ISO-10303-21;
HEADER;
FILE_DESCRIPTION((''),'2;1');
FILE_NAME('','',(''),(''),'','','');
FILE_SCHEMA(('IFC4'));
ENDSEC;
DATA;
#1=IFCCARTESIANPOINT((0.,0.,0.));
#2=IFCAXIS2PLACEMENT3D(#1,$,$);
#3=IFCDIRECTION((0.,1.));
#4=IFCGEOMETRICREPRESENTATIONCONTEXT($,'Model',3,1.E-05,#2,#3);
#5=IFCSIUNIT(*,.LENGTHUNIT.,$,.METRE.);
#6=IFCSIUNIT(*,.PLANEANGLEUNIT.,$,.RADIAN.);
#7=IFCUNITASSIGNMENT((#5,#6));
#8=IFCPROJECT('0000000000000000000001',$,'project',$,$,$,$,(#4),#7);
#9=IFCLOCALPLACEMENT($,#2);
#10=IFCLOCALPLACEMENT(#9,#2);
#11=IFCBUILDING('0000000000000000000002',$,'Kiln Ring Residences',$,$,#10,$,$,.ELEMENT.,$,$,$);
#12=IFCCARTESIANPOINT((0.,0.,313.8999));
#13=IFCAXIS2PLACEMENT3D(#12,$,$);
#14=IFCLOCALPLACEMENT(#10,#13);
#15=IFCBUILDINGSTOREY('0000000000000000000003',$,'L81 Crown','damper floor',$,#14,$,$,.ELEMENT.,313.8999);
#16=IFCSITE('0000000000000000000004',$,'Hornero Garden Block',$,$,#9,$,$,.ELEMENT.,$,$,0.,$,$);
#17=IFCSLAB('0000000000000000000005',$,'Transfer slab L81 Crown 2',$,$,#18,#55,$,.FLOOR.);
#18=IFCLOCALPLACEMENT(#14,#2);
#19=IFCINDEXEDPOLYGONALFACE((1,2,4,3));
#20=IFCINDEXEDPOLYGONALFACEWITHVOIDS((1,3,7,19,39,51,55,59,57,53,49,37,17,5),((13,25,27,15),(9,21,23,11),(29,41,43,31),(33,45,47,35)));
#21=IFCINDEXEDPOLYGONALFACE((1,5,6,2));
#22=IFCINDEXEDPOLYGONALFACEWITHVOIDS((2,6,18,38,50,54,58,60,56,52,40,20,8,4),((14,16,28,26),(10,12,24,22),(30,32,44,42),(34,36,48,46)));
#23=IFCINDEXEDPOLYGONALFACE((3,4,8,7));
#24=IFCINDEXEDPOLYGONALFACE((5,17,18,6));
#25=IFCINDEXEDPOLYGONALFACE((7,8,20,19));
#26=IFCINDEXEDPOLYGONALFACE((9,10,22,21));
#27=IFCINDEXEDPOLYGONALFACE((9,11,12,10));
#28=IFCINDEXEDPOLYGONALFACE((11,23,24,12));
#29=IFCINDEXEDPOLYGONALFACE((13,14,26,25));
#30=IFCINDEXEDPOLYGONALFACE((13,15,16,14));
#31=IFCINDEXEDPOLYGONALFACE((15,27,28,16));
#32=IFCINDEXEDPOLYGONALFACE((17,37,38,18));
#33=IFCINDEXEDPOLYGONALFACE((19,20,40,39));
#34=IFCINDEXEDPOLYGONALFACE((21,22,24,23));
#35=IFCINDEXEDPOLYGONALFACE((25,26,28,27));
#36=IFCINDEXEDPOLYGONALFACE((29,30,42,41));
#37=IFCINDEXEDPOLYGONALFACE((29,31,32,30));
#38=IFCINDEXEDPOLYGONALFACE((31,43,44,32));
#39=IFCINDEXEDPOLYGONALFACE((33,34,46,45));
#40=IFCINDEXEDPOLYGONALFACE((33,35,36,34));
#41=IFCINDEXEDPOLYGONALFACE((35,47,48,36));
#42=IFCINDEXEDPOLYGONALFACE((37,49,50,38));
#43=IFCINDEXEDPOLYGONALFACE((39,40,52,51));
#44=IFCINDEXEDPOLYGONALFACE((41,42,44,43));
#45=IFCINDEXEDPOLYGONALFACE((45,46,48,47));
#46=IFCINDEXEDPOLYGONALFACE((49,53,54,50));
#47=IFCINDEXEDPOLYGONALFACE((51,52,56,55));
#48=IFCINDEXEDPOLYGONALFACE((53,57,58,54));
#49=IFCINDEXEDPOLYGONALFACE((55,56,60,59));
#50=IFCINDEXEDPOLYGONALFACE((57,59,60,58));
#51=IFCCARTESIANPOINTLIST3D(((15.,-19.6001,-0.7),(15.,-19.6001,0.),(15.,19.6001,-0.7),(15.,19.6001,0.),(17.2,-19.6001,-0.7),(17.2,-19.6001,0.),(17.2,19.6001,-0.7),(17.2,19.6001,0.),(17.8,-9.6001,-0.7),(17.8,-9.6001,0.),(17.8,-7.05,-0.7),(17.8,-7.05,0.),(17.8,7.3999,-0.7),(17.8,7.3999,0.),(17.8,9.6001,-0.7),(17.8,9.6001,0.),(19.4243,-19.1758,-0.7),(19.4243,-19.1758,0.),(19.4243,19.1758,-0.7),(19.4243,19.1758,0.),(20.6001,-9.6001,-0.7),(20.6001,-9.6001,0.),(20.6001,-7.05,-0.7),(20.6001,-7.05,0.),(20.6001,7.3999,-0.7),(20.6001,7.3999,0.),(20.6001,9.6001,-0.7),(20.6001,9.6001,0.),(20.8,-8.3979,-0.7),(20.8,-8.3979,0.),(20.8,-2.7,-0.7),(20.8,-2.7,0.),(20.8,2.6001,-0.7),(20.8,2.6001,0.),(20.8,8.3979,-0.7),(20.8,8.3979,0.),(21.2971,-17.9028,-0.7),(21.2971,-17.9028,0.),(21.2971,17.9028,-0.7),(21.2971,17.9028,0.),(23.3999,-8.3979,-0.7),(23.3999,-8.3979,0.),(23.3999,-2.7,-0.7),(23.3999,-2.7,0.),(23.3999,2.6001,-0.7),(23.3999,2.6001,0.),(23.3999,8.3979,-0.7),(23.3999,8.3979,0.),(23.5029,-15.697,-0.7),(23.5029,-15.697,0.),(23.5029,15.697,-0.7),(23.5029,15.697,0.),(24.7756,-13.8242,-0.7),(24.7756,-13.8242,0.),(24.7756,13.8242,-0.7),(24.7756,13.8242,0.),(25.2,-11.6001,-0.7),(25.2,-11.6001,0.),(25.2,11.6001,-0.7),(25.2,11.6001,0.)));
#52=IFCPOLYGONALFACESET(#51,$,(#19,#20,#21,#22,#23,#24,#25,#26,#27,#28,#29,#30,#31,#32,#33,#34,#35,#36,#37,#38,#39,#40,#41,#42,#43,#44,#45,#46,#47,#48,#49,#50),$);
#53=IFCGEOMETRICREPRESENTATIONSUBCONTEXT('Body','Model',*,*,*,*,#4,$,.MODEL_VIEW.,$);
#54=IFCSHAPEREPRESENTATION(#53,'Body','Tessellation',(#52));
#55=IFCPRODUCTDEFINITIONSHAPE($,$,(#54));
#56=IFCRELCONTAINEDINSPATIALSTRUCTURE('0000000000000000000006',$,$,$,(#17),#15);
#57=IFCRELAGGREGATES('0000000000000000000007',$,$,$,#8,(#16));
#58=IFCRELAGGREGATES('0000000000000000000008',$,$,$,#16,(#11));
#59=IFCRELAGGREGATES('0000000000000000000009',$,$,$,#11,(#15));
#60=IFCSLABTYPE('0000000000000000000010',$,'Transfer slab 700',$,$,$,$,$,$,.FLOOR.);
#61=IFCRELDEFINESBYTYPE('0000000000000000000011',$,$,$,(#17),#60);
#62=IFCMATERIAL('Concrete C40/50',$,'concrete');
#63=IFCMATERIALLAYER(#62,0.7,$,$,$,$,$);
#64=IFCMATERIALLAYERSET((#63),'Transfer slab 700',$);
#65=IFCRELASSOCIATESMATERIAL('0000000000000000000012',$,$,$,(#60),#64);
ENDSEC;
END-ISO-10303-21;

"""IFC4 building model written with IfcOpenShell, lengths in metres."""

from ifc_helpers import new_model, si_unit, direction, frame, origin, place, context, subcontext, project, spatial, polyline, outline, extrude, material, layer, layer_set, type_object, element, save


model = new_model("IFC4")

# Units and contexts
model_context = context("Model", 3, precision=1e-05, world=origin(), true_north=direction((0.0, 1.0)))
body_context = subcontext(model_context, "Body", "Model", "MODEL_VIEW")
ifc_project = project(units=[si_unit("LENGTHUNIT", "METRE"), si_unit("PLANEANGLEUNIT", "RADIAN")], contexts=[model_context])

# Site, building, storey
site_placement = place(None, origin())
site = spatial("IfcSite", under=ifc_project, at=site_placement, Name="Hornero Garden Block", CompositionType="ELEMENT", RefElevation=0.0)
building_placement = place(site_placement, origin())
building = spatial("IfcBuilding", under=site, at=building_placement, Name="Kiln Ring Residences", CompositionType="ELEMENT")
storey_placement = place(building_placement, frame((0.0, 0.0, 313.8999)))
storey = spatial("IfcBuildingStorey", under=building, at=storey_placement, Name="L81 Crown", Description="damper floor", CompositionType="ELEMENT", Elevation=313.8999)

# Slab
ifc_material_1 = material(Name="Concrete C40/50", Category="concrete")
ifc_layer_1 = layer(ifc_material_1, 0.7)
ifc_layer_set_1 = layer_set([ifc_layer_1], Name="Transfer slab 700")
slab_type = type_object("IfcSlabType", Name="Transfer slab 700", PredefinedType="FLOOR", material=ifc_layer_set_1)
placement_1 = place(storey_placement, frame((0.0, 0.0, -0.7)))
element("IfcSlab", 1, at=placement_1, inside=storey, type_object=slab_type, Name="Transfer slab L81 Crown 2", PredefinedType="FLOOR", context=body_context, shape_type="SweptSolid", body=[
    extrude(outline(polyline([(15.0, 19.6001), (15.0, -19.6001), (17.2, -19.6001), (19.4243, -19.1758), (21.2971, -17.9028), (23.5029, -15.697), (24.7756, -13.8242), (25.2, -11.6001), (25.2, 11.6001), (24.7756, 13.8242), (23.5029, 15.697), (21.2971, 17.9028), (19.4243, 19.1758), (17.2, 19.6001), (15.0, 19.6001)]), holes=[polyline([(23.3999, -8.3979), (20.8, -8.3979), (20.8, -2.7), (23.3999, -2.7), (23.3999, -8.3979)]), polyline([(23.3999, 2.6001), (20.8, 2.6001), (20.8, 8.3979), (23.3999, 8.3979), (23.3999, 2.6001)]), polyline([(20.6001, -9.6001), (17.8, -9.6001), (17.8, -7.05), (20.6001, -7.05), (20.6001, -9.6001)]), polyline([(20.6001, 7.3999), (17.8, 7.3999), (17.8, 9.6001), (20.6001, 9.6001), (20.6001, 7.3999)])]), origin(), (0.0, 0.0, 1.0), 0.7),
])

save(model, "model.ifc")
